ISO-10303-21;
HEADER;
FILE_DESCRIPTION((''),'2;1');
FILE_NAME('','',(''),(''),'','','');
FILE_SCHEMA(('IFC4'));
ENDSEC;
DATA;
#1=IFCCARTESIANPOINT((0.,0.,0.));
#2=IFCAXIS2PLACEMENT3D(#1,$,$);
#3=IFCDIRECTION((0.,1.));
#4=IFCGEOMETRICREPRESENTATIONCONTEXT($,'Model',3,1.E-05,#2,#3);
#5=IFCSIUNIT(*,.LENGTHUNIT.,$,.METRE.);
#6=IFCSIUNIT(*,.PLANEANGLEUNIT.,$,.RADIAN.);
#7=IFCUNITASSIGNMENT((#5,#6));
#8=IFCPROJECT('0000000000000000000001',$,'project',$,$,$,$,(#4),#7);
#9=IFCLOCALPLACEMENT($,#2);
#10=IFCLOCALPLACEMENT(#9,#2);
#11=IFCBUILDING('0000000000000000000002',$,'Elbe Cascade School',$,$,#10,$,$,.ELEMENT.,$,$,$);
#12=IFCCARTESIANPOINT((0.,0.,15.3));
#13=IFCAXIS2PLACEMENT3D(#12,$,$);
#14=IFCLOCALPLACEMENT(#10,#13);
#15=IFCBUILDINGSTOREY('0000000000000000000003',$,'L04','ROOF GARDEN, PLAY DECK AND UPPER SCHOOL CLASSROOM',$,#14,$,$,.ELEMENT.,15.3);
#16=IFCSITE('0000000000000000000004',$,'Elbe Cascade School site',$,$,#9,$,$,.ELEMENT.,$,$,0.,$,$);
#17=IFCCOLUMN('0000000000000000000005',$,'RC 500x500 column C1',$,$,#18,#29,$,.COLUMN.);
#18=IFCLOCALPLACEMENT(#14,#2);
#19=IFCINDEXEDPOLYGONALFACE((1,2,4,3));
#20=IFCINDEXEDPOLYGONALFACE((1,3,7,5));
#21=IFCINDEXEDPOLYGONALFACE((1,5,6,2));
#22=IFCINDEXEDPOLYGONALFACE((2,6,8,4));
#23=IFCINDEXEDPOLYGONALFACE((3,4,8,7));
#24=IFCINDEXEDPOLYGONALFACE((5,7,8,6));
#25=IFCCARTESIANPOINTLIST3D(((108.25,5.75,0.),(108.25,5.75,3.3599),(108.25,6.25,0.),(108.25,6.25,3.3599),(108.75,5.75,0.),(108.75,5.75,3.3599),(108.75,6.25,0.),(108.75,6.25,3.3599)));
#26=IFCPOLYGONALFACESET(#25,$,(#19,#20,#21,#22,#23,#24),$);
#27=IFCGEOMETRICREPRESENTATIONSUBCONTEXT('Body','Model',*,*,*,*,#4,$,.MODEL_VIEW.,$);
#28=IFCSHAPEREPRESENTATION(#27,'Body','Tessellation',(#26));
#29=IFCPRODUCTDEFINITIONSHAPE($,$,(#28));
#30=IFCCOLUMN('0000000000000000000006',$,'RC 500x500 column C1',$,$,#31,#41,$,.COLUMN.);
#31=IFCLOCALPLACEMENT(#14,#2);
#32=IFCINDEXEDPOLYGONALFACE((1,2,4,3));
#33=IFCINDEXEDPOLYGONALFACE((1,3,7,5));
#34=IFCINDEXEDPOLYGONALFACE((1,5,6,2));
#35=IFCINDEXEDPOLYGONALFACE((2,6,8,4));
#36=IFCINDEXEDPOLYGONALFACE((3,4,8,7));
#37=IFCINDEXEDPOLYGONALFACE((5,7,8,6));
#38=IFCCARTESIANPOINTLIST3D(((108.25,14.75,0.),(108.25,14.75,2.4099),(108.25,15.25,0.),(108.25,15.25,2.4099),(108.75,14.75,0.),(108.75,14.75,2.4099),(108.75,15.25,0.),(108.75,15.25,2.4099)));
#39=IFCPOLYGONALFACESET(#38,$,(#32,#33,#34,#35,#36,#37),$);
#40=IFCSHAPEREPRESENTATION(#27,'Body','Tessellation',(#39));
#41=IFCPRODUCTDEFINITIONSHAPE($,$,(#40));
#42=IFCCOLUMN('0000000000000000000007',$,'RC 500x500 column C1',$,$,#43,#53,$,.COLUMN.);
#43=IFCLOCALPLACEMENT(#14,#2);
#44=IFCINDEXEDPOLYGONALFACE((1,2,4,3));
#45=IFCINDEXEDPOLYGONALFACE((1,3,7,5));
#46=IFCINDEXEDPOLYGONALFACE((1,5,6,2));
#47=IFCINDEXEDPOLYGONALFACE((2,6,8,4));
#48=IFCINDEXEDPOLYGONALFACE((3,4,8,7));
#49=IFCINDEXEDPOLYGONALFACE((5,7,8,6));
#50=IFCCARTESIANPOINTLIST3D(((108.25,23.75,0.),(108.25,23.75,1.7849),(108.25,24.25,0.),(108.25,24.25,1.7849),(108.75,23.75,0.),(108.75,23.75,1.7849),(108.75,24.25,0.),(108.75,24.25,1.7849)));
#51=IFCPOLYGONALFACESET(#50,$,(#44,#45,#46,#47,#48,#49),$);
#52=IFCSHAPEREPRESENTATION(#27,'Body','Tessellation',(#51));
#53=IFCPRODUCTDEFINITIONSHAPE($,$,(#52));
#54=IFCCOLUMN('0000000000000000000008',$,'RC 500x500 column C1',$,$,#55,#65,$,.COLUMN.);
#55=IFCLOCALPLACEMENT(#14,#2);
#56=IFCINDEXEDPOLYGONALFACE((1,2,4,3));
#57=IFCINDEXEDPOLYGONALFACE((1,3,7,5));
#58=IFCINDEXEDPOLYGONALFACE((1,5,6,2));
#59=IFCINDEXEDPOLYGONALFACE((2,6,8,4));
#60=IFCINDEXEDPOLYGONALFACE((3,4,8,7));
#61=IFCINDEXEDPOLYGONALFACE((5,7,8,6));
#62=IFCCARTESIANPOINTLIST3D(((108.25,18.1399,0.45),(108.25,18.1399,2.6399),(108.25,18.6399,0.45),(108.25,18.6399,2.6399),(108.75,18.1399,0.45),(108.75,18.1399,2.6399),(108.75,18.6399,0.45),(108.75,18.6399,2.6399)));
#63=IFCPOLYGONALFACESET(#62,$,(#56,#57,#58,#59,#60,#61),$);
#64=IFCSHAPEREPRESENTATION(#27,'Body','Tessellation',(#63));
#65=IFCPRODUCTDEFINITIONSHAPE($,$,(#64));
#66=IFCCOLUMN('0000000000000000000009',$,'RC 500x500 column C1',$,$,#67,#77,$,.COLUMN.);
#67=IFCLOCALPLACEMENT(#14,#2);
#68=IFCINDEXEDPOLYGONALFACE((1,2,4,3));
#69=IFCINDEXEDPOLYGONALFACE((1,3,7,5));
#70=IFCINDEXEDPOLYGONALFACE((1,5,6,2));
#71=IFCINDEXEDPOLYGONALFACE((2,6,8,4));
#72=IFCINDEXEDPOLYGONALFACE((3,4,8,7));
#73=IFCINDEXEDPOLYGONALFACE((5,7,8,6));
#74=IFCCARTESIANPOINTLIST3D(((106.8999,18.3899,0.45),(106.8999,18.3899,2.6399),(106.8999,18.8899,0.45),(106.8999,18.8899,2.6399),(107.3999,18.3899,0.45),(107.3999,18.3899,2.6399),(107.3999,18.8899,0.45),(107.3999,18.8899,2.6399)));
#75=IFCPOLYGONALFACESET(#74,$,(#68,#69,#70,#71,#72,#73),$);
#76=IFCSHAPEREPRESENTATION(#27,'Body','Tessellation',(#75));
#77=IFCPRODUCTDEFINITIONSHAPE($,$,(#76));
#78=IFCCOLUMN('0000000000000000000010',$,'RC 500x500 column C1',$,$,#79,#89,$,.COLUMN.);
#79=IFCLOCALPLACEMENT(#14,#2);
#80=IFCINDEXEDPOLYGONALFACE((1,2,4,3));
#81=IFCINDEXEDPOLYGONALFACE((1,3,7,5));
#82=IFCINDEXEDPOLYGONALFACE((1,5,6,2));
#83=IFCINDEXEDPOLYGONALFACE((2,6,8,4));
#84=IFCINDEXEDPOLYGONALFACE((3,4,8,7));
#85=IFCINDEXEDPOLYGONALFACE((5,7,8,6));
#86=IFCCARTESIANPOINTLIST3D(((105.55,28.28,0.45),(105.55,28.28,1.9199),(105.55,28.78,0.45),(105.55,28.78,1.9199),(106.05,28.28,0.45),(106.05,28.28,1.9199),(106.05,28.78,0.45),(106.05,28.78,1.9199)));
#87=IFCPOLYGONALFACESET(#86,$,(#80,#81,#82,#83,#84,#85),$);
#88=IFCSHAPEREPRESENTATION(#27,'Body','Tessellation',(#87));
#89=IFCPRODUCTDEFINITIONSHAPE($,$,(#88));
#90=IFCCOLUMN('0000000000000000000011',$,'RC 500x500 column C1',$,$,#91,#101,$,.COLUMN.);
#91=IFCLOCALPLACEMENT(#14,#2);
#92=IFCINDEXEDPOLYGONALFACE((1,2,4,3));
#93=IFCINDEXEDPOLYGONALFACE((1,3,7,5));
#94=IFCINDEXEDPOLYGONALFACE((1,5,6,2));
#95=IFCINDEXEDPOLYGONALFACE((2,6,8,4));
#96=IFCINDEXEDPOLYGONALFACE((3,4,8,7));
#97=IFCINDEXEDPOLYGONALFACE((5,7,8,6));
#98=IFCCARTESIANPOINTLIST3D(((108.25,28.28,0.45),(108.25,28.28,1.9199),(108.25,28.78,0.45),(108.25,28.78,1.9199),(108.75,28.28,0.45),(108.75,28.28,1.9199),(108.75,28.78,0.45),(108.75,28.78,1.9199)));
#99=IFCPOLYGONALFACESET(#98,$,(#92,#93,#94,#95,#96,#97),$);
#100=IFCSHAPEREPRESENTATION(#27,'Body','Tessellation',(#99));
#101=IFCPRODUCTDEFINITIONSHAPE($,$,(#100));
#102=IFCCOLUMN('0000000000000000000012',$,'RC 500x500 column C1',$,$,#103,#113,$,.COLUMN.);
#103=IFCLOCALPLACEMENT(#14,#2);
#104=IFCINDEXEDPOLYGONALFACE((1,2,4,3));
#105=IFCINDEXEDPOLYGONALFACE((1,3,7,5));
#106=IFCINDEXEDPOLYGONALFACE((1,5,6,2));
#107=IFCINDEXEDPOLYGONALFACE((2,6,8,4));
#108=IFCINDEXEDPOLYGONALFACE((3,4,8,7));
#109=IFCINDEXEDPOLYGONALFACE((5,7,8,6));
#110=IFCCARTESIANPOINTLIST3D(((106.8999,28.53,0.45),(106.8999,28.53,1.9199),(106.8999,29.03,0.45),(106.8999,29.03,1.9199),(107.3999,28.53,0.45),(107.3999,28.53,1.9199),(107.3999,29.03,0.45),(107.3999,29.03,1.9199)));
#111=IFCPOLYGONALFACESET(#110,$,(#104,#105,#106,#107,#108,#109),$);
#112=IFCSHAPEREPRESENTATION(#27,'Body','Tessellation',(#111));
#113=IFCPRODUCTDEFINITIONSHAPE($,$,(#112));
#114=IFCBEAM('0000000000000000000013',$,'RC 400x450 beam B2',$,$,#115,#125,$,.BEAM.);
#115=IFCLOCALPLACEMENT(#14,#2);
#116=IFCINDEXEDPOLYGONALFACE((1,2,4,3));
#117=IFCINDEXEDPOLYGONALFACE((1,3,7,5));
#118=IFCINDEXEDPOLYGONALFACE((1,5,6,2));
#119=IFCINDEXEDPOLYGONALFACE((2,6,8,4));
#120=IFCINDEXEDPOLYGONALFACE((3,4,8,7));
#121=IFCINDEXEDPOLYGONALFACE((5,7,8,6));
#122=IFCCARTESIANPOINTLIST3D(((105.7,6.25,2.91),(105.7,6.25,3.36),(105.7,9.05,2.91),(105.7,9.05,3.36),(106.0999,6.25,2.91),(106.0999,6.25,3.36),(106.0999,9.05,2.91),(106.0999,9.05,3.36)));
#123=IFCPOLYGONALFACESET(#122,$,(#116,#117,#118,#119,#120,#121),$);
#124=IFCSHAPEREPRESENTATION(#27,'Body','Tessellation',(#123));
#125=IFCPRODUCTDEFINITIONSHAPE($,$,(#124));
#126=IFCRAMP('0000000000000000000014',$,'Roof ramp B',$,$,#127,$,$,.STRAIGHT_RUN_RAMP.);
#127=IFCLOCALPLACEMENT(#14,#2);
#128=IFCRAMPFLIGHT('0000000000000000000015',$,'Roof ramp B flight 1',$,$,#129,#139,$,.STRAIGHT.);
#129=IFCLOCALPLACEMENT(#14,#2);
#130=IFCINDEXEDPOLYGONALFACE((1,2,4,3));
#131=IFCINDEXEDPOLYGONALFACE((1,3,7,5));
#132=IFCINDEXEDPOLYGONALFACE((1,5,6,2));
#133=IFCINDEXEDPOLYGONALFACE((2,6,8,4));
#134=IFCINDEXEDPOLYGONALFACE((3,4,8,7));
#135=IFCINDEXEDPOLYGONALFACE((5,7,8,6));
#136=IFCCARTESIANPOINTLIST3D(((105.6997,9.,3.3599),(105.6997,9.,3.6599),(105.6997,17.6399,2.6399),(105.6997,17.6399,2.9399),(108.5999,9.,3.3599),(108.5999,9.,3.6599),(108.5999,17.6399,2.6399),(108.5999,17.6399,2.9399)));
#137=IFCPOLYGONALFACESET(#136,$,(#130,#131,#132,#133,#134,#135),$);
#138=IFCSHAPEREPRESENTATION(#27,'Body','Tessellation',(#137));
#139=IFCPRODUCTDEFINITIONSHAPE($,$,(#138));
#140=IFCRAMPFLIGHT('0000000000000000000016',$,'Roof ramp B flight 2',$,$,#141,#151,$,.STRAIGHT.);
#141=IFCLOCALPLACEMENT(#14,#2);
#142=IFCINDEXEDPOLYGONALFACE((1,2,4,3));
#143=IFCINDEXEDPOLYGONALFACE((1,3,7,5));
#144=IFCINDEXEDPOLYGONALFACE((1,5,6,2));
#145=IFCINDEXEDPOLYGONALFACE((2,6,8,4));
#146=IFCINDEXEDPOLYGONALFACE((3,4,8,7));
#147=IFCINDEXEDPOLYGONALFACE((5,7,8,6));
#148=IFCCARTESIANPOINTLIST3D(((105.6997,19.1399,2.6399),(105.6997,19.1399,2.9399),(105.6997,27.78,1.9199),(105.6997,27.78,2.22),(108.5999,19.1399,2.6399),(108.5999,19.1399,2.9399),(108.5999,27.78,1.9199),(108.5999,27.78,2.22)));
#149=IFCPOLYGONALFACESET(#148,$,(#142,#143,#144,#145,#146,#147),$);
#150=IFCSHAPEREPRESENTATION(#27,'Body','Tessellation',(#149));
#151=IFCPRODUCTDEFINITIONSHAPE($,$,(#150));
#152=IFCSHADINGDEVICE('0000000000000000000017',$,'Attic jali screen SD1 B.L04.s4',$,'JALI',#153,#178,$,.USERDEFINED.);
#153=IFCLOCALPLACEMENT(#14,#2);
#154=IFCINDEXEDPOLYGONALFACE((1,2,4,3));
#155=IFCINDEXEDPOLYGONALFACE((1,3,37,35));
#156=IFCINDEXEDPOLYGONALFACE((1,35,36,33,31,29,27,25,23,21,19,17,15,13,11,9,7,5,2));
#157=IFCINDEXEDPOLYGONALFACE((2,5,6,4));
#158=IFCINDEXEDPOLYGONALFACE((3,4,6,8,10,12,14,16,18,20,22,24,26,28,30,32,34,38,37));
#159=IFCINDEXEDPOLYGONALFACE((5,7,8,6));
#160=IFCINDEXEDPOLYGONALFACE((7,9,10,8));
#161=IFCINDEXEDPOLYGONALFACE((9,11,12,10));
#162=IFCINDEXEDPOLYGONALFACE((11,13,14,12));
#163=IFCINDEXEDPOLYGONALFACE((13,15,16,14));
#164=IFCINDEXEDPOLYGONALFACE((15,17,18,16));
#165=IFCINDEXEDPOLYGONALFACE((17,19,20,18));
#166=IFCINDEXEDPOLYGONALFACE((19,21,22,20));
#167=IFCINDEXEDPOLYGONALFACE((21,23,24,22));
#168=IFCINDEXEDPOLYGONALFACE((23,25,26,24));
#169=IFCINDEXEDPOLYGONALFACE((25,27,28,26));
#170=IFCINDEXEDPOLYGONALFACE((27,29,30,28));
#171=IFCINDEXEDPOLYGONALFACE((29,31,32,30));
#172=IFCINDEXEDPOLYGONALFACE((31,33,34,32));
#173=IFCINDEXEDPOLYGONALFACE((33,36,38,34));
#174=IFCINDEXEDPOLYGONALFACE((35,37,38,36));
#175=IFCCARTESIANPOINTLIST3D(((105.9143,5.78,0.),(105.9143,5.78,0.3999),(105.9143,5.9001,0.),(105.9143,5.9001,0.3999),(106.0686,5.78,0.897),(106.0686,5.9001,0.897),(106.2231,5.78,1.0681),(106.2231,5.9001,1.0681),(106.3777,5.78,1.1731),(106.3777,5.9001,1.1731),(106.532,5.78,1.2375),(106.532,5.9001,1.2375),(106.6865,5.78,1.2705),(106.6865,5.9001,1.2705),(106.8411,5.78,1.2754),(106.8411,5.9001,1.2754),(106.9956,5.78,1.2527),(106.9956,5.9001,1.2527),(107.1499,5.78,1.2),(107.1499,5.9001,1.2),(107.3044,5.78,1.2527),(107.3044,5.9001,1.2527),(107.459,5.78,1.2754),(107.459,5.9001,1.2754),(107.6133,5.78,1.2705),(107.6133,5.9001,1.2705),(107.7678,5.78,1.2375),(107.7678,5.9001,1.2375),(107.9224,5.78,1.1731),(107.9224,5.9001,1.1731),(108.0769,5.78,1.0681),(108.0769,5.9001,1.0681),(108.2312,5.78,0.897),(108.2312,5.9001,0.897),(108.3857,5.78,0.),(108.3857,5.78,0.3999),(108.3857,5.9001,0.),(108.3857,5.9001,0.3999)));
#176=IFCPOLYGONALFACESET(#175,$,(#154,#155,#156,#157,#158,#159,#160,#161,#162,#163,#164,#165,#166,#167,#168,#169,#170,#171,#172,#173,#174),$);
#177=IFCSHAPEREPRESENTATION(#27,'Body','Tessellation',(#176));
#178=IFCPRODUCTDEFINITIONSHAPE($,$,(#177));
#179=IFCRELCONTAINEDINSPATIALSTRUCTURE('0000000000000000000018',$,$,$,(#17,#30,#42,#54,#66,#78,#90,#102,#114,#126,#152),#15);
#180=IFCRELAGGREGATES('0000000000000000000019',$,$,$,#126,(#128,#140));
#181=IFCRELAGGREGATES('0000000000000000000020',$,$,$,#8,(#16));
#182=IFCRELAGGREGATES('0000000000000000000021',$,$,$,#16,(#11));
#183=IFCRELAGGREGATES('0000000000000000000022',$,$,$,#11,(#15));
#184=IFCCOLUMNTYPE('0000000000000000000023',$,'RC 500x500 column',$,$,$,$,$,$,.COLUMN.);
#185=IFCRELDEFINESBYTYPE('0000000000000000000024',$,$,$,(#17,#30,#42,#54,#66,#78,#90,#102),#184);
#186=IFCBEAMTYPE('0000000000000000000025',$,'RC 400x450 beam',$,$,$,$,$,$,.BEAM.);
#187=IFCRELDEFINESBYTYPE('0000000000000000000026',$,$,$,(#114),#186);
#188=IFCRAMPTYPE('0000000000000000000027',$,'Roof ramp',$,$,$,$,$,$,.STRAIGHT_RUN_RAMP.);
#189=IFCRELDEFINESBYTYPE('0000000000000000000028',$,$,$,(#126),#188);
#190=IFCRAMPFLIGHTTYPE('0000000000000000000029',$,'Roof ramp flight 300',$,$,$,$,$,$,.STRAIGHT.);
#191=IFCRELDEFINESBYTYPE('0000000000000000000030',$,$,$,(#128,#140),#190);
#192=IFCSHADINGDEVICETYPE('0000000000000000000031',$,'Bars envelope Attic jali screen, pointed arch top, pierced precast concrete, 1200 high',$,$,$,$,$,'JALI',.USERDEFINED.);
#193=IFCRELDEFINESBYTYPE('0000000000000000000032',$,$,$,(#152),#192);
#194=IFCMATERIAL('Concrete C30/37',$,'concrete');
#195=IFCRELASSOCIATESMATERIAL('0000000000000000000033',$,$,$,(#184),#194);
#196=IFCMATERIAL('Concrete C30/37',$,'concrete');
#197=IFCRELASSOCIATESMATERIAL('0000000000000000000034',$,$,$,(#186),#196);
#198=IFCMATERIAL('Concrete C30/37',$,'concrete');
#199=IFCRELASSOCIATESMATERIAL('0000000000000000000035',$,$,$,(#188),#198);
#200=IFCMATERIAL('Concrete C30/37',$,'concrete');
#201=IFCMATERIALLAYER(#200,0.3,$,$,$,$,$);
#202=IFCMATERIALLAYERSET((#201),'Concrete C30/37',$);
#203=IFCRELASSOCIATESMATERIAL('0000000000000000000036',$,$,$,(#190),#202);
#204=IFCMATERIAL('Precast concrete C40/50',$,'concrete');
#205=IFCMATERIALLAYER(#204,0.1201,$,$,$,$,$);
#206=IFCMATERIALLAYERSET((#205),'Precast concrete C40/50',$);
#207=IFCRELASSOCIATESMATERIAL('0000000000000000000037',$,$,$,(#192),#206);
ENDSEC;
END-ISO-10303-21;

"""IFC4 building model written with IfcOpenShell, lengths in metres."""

from ifc_helpers import new_model, si_unit, direction, frame, origin, origin_2d, place, context, subcontext, project, spatial, polyline, rectangle, outline, extrude, material, layer, layer_set, material_profile, profile_set, type_object, element, aggregate, save


model = new_model("IFC4")

# Units and contexts
model_context = context("Model", 3, precision=1e-05, world=origin(), true_north=direction((0.0, 1.0)))
body_context = subcontext(model_context, "Body", "Model", "MODEL_VIEW")
ifc_project = project(units=[si_unit("LENGTHUNIT", "METRE"), si_unit("PLANEANGLEUNIT", "RADIAN")], contexts=[model_context])

# Site, building, storey
site_placement = place(None, origin())
site = spatial("IfcSite", under=ifc_project, at=site_placement, Name="Elbe Cascade School site", CompositionType="ELEMENT", RefElevation=0.0)
building_placement = place(site_placement, origin())
building = spatial("IfcBuilding", under=site, at=building_placement, Name="Elbe Cascade School", CompositionType="ELEMENT")
storey_placement = place(building_placement, frame((0.0, 0.0, 15.3)))
storey = spatial("IfcBuildingStorey", under=building, at=storey_placement, Name="L04", Description="ROOF GARDEN, PLAY DECK AND UPPER SCHOOL CLASSROOM", CompositionType="ELEMENT", Elevation=15.3)

# Columns
ifc_material_1 = material(Name="Concrete C30/37", Category="concrete")
ifc_material_profile_1 = material_profile(ifc_material_1, rectangle(XDim=0.5, YDim=0.5, at=origin_2d()), Name="RC 500x500")
ifc_profile_set_1 = profile_set([ifc_material_profile_1], Name="Concrete C30/37")
column_type = type_object("IfcColumnType", Name="RC 500x500 column", PredefinedType="COLUMN", material=ifc_profile_set_1)
column_1_placement = place(storey_placement, frame((108.5, 6.0, 0.0), z_axis=(0.0, 0.0, 1.0), x_axis=(1.0, 0.0, 0.0)))
element("IfcColumn", 1, at=column_1_placement, inside=storey, type_object=column_type, Name="RC 500x500 column C1", PredefinedType="COLUMN", context=body_context, shape_type="SweptSolid", body=[
    extrude(rectangle(XDim=0.5, YDim=0.5, at=origin_2d()), origin(), (0.0, 0.0, 1.0), 3.3599),
])
column_2_placement = place(storey_placement, frame((108.5, 15.0, 0.0), z_axis=(0.0, 0.0, 1.0), x_axis=(1.0, 0.0, 0.0)))
element("IfcColumn", 2, at=column_2_placement, inside=storey, type_object=column_type, Name="RC 500x500 column C1", PredefinedType="COLUMN", context=body_context, shape_type="SweptSolid", body=[
    extrude(rectangle(XDim=0.5, YDim=0.5, at=origin_2d()), origin(), (0.0, 0.0, 1.0), 2.4099),
])
column_3_placement = place(storey_placement, frame((108.5, 24.0, 0.0), z_axis=(0.0, 0.0, 1.0), x_axis=(1.0, 0.0, 0.0)))
element("IfcColumn", 3, at=column_3_placement, inside=storey, type_object=column_type, Name="RC 500x500 column C1", PredefinedType="COLUMN", context=body_context, shape_type="SweptSolid", body=[
    extrude(rectangle(XDim=0.5, YDim=0.5, at=origin_2d()), origin(), (0.0, 0.0, 1.0), 1.7849),
])
for number, where, z_axis, x_axis, name in (
    (4, (108.5, 18.3899, 0.45), (0.0, 0.0, 1.0), (1.0, 0.0, 0.0), "RC 500x500 column C1"),
    (5, (107.1499, 18.6399, 0.45), (0.0, 0.0, 1.0), (1.0, 0.0, 0.0), "RC 500x500 column C1"),
):
    element("IfcColumn", number, at=place(storey_placement, frame(where, z_axis=z_axis, x_axis=x_axis)), inside=storey, type_object=column_type, Name=name, PredefinedType="COLUMN", context=body_context, shape_type="SweptSolid", body=[
        extrude(rectangle(XDim=0.5, YDim=0.5, at=origin_2d()), origin(), (0.0, 0.0, 1.0), 2.1899),
    ])
for number, where, z_axis, x_axis, name in (
    (6, (105.8, 28.53, 0.45), (0.0, 0.0, 1.0), (1.0, 0.0, 0.0), "RC 500x500 column C1"),
    (7, (108.5, 28.53, 0.45), (0.0, 0.0, 1.0), (1.0, 0.0, 0.0), "RC 500x500 column C1"),
    (8, (107.1499, 28.78, 0.45), (0.0, 0.0, 1.0), (1.0, 0.0, 0.0), "RC 500x500 column C1"),
):
    element("IfcColumn", number, at=place(storey_placement, frame(where, z_axis=z_axis, x_axis=x_axis)), inside=storey, type_object=column_type, Name=name, PredefinedType="COLUMN", context=body_context, shape_type="SweptSolid", body=[
        extrude(rectangle(XDim=0.5, YDim=0.5, at=origin_2d()), origin(), (0.0, 0.0, 1.0), 1.47),
    ])

# Beam
ifc_material_2 = material(Name="Concrete C30/37", Category="concrete")
ifc_material_profile_2 = material_profile(ifc_material_2, rectangle(XDim=0.3999, YDim=0.45, at=origin_2d()), Name="RC 400x450")
ifc_profile_set_2 = profile_set([ifc_material_profile_2], Name="Concrete C30/37")
beam_type = type_object("IfcBeamType", Name="RC 400x450 beam", PredefinedType="BEAM", material=ifc_profile_set_2)
beam_placement = place(storey_placement, frame((105.8999, 6.25, 3.135), z_axis=(0.0, 1.0, 0.0), x_axis=(-1.0, 0.0, 0.0)))
element("IfcBeam", 9, at=beam_placement, inside=storey, type_object=beam_type, Name="RC 400x450 beam B2", PredefinedType="BEAM", context=body_context, shape_type="SweptSolid", body=[
    extrude(rectangle(XDim=0.3999, YDim=0.45, at=origin_2d()), origin(), (0.0, 0.0, 1.0), 2.8),
])

# Ramp, ramp flights
ifc_material_3 = material(Name="Concrete C30/37", Category="concrete")
ramp_type = type_object("IfcRampType", Name="Roof ramp", PredefinedType="STRAIGHT_RUN_RAMP", material=ifc_material_3)
ramp_placement = place(storey_placement, origin())
ramp = element("IfcRamp", 10, at=ramp_placement, inside=storey, type_object=ramp_type, Name="Roof ramp B", PredefinedType="STRAIGHT_RUN_RAMP")
ifc_material_4 = material(Name="Concrete C30/37", Category="concrete")
ifc_layer_1 = layer(ifc_material_4, 0.3)
ifc_layer_set_1 = layer_set([ifc_layer_1], Name="Concrete C30/37")
ramp_flight_type = type_object("IfcRampFlightType", Name="Roof ramp flight 300", PredefinedType="STRAIGHT", material=ifc_layer_set_1)
ramp_flight_1_placement = place(storey_placement, frame((107.1499, 9.0, 3.6599), z_axis=(0.0, 0.0, 1.0), x_axis=(0.0, 1.0, 0.0)))
ramp_flight_1 = element("IfcRampFlight", 11, at=ramp_flight_1_placement, type_object=ramp_flight_type, Name="Roof ramp B flight 1", PredefinedType="STRAIGHT", context=body_context, shape_type="SweptSolid", body=[
    extrude(outline(polyline([(0.0, -0.3), (8.6399, -1.02), (8.6399, -0.72), (0.0, 0.0), (0.0, -0.3)])), frame((0.0, 1.4502, 0.0), z_axis=(0.0, -1.0, 0.0), x_axis=(1.0, 0.0, 0.0)), (0.0, 0.0, 1.0), 2.9001),
])
ramp_flight_2_placement = place(storey_placement, frame((107.1499, 19.1399, 2.9399), z_axis=(0.0, 0.0, 1.0), x_axis=(0.0, 1.0, 0.0)))
ramp_flight_2 = element("IfcRampFlight", 12, at=ramp_flight_2_placement, type_object=ramp_flight_type, Name="Roof ramp B flight 2", PredefinedType="STRAIGHT", context=body_context, shape_type="SweptSolid", body=[
    extrude(outline(polyline([(0.0, -0.3), (8.6401, -1.02), (8.6401, -0.72), (0.0, 0.0), (0.0, -0.3)])), frame((0.0, 1.4502, 0.0), z_axis=(0.0, -1.0, 0.0), x_axis=(1.0, 0.0, 0.0)), (0.0, 0.0, 1.0), 2.9001),
])
aggregate(ramp, [ramp_flight_1, ramp_flight_2])

# Shading device
ifc_material_5 = material(Name="Precast concrete C40/50", Category="concrete")
ifc_layer_2 = layer(ifc_material_5, 0.1201)
ifc_layer_set_2 = layer_set([ifc_layer_2], Name="Precast concrete C40/50")
shading_device_type = type_object("IfcShadingDeviceType", Name="Bars envelope Attic jali screen, pointed arch top, pierced precast concrete, 1200 high", ElementType="JALI", PredefinedType="USERDEFINED", material=ifc_layer_set_2)
shading_device_1_placement = place(storey_placement, frame((105.9143, 5.78, 0.0), z_axis=(0.0, -1.0, 0.0), x_axis=(1.0, 0.0, 0.0)))
element("IfcShadingDevice", 13, at=shading_device_1_placement, inside=storey, type_object=shading_device_type, Name="Attic jali screen SD1 B.L04.s4", ObjectType="JALI", PredefinedType="USERDEFINED", context=body_context, shape_type="SweptSolid", body=[
    extrude(outline(polyline([(0.0, 0.0), (2.4714, 0.0), (2.4714, 0.3999), (2.3169, 0.897), (2.1626, 1.0681), (2.0081, 1.1731), (1.8535, 1.2375), (1.699, 1.2705), (1.5447, 1.2754), (1.3901, 1.2527), (1.2356, 1.2), (1.0813, 1.2527), (0.9268, 1.2754), (0.7722, 1.2705), (0.6177, 1.2375), (0.4634, 1.1731), (0.3088, 1.0681), (0.1543, 0.897), (0.0, 0.3999), (0.0, 0.0)])), origin(), (0.0, 0.0, -1.0), 0.1201),
])

save(model, "model.ifc")
